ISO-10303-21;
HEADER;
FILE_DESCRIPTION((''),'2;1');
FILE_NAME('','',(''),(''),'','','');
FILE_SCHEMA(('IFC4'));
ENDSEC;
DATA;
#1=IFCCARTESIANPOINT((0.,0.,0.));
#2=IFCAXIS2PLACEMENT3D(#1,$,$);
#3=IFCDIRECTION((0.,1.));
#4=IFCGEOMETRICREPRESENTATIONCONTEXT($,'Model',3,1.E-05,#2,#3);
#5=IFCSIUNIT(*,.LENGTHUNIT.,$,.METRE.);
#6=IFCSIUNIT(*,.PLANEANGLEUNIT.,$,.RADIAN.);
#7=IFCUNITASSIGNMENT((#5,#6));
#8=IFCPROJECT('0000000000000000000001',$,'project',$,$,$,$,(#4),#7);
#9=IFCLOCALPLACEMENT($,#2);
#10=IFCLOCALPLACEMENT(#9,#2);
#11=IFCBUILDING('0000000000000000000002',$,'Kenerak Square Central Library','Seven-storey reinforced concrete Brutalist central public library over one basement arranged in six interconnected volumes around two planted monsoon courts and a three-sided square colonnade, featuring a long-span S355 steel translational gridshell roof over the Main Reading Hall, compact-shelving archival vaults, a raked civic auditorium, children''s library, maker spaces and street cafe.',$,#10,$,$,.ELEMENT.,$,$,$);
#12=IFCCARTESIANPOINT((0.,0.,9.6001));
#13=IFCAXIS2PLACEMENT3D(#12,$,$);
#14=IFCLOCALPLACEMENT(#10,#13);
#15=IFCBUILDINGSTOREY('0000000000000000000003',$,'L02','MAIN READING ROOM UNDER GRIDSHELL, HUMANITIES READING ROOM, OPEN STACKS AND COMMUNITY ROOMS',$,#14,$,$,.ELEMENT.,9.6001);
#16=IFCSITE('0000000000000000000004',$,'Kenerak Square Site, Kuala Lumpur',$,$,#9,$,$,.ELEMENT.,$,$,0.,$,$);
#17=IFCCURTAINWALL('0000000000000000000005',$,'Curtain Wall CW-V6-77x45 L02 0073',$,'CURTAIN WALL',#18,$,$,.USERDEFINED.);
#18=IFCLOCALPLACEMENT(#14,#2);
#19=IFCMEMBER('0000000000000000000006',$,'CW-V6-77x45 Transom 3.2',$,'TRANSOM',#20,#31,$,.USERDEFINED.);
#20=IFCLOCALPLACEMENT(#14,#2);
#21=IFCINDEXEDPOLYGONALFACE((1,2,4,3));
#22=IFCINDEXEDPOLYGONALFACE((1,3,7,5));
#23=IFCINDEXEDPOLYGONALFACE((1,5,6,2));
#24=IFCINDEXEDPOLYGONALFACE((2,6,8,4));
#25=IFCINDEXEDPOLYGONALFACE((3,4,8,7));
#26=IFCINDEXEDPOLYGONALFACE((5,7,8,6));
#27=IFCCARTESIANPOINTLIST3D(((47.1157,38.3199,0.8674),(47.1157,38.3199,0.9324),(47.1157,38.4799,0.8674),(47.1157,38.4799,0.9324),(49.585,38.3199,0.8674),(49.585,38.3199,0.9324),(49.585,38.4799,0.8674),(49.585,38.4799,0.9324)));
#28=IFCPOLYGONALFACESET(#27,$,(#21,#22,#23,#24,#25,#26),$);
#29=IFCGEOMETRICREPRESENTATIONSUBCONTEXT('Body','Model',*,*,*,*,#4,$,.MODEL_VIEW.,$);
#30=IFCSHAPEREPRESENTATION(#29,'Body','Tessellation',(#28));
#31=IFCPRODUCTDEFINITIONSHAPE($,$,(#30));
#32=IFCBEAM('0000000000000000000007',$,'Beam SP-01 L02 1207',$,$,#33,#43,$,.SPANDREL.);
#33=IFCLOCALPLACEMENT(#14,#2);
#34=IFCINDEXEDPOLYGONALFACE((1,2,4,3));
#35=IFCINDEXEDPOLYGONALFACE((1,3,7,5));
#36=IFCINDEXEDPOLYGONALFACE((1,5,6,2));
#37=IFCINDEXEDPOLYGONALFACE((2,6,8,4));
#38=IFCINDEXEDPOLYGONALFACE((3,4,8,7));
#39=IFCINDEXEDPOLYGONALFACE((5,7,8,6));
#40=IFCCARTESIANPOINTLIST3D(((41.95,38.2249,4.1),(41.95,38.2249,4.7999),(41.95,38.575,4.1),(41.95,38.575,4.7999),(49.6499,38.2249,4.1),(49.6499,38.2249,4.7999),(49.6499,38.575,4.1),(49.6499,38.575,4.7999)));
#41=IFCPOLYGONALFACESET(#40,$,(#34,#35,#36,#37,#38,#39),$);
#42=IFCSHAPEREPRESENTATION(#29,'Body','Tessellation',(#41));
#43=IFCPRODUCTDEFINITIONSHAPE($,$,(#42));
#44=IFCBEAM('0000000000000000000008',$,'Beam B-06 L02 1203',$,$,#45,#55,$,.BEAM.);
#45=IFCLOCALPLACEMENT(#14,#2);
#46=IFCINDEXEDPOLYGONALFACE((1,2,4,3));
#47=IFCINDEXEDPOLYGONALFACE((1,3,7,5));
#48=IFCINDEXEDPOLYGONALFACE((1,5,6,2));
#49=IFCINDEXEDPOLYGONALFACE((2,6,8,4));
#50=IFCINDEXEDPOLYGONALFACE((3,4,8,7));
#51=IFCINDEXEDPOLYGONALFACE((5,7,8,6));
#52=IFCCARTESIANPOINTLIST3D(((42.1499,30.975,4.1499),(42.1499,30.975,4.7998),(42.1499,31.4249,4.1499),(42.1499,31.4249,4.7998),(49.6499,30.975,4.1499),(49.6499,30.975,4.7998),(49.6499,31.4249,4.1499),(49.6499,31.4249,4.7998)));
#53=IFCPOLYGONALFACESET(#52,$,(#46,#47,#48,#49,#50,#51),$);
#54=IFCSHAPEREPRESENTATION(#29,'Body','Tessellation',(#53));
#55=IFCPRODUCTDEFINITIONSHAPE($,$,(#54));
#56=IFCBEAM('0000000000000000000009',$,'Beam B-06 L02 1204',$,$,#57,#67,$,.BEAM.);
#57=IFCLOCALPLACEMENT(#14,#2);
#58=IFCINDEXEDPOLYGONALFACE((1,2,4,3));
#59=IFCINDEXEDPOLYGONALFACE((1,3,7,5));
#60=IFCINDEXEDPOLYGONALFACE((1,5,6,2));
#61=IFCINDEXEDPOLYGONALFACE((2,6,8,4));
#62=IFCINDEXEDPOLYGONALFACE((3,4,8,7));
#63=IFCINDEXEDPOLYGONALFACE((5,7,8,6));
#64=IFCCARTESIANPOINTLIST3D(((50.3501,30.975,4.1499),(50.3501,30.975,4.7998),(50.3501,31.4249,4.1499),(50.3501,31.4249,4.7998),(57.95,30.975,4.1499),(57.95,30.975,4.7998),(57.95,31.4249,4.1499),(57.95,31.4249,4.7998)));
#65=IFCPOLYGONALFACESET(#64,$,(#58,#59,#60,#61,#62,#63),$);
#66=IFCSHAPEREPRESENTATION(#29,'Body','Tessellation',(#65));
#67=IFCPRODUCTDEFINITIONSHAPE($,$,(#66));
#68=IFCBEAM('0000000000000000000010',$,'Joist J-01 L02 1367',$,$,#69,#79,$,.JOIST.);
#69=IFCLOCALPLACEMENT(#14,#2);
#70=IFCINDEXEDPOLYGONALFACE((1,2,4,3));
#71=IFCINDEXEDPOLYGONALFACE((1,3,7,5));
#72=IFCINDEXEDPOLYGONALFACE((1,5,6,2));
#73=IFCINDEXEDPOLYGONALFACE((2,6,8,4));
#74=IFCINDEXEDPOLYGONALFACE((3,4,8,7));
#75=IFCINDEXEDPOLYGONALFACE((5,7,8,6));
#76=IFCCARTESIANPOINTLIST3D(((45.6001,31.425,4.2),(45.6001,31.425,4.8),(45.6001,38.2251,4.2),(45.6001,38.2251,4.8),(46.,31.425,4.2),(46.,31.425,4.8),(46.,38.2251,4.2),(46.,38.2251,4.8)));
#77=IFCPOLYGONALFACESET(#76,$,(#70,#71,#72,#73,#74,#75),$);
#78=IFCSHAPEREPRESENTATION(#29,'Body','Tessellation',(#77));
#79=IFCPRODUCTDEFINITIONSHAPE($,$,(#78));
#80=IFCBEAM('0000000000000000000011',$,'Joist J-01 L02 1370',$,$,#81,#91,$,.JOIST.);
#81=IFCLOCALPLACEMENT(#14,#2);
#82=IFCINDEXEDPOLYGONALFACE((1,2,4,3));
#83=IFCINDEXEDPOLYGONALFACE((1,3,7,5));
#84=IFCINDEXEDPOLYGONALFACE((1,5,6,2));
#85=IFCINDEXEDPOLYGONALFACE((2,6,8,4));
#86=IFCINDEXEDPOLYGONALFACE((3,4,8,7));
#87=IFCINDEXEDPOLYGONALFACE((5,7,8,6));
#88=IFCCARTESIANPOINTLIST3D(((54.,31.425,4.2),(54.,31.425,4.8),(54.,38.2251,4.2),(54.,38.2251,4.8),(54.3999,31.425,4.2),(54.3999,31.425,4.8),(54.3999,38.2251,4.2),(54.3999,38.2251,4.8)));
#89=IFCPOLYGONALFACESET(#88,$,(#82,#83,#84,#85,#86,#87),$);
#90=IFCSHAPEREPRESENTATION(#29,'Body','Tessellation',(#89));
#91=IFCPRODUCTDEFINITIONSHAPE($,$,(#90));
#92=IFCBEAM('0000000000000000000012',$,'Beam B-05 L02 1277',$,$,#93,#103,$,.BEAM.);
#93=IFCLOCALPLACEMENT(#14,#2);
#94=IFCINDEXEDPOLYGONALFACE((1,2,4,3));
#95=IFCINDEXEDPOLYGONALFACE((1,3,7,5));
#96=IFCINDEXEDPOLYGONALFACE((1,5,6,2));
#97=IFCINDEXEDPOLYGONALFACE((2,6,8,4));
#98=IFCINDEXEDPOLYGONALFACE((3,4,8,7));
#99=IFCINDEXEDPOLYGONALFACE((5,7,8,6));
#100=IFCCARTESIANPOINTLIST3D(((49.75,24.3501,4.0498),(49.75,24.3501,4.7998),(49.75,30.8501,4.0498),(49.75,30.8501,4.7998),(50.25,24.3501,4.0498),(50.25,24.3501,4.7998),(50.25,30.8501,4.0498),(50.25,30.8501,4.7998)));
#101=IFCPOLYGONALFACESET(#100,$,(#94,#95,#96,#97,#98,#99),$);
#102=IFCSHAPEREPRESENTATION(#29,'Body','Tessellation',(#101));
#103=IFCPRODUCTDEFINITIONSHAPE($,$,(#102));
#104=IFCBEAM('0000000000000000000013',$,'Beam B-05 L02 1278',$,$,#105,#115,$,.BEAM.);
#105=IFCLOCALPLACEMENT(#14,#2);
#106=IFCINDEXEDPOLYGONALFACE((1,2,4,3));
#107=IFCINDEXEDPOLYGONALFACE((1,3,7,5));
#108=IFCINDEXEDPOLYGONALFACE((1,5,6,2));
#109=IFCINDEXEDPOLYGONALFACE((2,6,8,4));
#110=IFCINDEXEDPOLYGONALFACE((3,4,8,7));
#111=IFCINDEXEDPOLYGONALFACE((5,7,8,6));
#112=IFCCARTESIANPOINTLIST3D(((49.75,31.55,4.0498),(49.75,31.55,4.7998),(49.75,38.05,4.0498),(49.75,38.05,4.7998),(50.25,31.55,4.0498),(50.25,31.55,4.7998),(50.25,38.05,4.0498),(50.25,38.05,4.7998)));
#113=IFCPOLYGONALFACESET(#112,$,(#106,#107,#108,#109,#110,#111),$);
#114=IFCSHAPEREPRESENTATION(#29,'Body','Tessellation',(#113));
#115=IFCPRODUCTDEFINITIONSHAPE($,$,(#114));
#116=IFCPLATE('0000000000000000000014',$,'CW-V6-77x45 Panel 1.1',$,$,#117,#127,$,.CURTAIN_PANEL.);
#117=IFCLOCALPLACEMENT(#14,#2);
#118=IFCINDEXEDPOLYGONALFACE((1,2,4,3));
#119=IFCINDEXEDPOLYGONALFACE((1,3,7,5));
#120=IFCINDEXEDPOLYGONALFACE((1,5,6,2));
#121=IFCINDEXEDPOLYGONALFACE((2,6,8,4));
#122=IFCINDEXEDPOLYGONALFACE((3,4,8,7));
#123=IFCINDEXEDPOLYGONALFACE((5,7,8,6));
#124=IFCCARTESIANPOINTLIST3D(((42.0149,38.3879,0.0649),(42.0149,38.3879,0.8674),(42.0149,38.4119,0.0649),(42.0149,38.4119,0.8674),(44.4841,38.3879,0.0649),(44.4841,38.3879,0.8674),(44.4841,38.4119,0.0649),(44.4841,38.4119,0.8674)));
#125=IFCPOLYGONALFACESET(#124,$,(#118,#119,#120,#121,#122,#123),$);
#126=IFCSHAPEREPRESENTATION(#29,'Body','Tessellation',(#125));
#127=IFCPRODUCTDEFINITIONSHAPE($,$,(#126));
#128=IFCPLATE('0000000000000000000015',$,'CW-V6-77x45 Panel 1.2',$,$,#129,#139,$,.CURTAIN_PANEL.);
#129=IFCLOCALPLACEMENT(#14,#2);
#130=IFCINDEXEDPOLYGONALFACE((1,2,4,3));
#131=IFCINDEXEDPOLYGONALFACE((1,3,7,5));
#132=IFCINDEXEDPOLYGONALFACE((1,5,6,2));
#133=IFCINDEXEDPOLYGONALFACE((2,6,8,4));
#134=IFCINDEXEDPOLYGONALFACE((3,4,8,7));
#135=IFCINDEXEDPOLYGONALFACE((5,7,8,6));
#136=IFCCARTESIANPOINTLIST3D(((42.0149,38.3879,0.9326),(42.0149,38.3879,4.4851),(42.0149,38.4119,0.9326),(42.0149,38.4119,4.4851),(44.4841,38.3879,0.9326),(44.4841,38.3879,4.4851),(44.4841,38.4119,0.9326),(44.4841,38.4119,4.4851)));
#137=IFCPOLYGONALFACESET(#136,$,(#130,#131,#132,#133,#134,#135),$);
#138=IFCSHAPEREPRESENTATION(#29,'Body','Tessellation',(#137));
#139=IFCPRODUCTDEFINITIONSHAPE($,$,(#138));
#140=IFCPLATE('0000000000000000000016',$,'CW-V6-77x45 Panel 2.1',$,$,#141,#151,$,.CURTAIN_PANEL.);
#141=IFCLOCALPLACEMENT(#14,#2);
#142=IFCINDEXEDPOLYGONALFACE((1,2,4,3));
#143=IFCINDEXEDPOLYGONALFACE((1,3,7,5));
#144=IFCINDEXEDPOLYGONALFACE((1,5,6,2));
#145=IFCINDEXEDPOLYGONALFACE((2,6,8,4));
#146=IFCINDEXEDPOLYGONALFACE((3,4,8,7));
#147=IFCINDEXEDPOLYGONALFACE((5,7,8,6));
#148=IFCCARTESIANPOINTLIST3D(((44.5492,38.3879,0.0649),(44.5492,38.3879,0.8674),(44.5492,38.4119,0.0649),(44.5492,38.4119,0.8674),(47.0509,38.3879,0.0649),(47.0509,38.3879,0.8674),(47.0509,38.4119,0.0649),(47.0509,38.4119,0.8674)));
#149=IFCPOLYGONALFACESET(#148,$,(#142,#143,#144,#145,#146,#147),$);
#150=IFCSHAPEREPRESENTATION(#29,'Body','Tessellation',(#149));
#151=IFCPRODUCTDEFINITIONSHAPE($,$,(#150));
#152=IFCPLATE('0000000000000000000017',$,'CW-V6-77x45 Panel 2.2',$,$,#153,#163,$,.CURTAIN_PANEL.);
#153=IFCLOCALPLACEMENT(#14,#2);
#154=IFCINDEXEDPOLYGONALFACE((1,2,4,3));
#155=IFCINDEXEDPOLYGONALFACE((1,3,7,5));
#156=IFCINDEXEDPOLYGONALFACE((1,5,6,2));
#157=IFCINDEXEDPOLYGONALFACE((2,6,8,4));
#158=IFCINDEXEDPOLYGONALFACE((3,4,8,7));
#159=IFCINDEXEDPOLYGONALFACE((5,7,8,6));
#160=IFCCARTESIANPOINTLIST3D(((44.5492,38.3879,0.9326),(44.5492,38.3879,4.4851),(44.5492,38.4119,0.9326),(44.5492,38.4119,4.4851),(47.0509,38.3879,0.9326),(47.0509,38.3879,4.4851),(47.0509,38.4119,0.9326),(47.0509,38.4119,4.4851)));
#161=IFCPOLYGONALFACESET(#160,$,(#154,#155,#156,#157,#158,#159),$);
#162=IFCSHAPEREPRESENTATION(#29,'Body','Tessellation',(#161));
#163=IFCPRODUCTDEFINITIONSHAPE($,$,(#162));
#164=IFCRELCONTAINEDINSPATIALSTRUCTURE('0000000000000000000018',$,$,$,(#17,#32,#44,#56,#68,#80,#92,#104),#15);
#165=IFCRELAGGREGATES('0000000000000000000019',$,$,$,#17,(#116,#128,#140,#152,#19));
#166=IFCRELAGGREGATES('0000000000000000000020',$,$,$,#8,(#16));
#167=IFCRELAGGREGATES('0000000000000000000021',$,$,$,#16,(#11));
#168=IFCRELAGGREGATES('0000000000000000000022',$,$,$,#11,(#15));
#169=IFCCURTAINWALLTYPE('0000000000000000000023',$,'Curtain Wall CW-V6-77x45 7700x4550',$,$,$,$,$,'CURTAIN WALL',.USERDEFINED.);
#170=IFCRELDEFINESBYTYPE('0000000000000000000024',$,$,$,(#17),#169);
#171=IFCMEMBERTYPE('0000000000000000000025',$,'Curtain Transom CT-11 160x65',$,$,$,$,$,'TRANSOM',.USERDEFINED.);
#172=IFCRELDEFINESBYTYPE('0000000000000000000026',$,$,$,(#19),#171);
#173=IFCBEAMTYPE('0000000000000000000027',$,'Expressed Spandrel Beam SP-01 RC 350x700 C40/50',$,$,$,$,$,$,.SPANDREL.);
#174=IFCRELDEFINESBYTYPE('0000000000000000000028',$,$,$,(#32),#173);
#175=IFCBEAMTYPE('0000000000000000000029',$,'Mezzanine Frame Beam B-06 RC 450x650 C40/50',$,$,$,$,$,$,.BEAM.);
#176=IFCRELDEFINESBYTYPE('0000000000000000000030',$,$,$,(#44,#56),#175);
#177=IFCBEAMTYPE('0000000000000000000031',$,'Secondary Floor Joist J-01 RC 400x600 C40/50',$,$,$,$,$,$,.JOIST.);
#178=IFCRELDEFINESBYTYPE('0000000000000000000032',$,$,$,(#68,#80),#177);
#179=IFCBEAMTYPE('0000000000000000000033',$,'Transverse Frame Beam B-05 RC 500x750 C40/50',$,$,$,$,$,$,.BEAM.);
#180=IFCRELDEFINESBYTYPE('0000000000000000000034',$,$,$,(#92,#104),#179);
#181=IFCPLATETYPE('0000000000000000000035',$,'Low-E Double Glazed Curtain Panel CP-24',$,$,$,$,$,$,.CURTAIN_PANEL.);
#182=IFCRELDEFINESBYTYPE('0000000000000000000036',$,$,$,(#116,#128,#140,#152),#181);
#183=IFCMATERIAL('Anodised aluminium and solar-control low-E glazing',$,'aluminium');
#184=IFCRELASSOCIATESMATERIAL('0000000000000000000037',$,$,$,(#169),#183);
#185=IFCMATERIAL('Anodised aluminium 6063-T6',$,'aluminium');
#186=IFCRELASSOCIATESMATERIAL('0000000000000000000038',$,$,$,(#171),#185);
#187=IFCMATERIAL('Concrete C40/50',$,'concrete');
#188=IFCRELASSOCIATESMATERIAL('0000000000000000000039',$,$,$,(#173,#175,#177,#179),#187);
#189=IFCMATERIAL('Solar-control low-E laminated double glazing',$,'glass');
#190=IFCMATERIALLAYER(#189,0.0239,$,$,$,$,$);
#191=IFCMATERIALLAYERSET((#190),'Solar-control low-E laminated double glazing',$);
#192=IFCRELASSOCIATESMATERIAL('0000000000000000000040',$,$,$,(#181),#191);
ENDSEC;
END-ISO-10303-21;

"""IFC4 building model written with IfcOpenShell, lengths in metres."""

from ifc_helpers import new_model, si_unit, direction, frame, origin, origin_2d, place, context, subcontext, project, spatial, rectangle, extrude, material, layer, layer_set, material_profile, profile_set, type_object, element, aggregate, save


model = new_model("IFC4")

# Units and contexts
model_context = context("Model", 3, precision=1e-05, world=origin(), true_north=direction((0.0, 1.0)))
body_context = subcontext(model_context, "Body", "Model", "MODEL_VIEW")
ifc_project = project(units=[si_unit("LENGTHUNIT", "METRE"), si_unit("PLANEANGLEUNIT", "RADIAN")], contexts=[model_context])

# Site, building, storey
site_placement = place(None, origin())
site = spatial("IfcSite", under=ifc_project, at=site_placement, Name="Kenerak Square Site, Kuala Lumpur", CompositionType="ELEMENT", RefElevation=0.0)
building_placement = place(site_placement, origin())
building = spatial("IfcBuilding", under=site, at=building_placement, Name="Kenerak Square Central Library", Description="Seven-storey reinforced concrete Brutalist central public library over one basement arranged in six interconnected volumes around two planted monsoon courts and a three-sided square colonnade, featuring a long-span S355 steel translational gridshell roof over the Main Reading Hall, compact-shelving archival vaults, a raked civic auditorium, children's library, maker spaces and street cafe.", CompositionType="ELEMENT")
storey_placement = place(building_placement, frame((0.0, 0.0, 9.6001)))
storey = spatial("IfcBuildingStorey", under=building, at=storey_placement, Name="L02", Description="MAIN READING ROOM UNDER GRIDSHELL, HUMANITIES READING ROOM, OPEN STACKS AND COMMUNITY ROOMS", CompositionType="ELEMENT", Elevation=9.6001)

# Shared definitions
ifc_material_1 = material(Name="Concrete C40/50", Category="concrete")

# Curtain wall, member
ifc_material_2 = material(Name="Anodised aluminium and solar-control low-E glazing", Category="aluminium")
curtain_wall_type = type_object("IfcCurtainWallType", Name="Curtain Wall CW-V6-77x45 7700x4550", ElementType="CURTAIN WALL", PredefinedType="USERDEFINED", material=ifc_material_2)
curtain_wall_placement = place(storey_placement, origin())
curtain_wall = element("IfcCurtainWall", 1, at=curtain_wall_placement, inside=storey, type_object=curtain_wall_type, Name="Curtain Wall CW-V6-77x45 L02 0073", ObjectType="CURTAIN WALL", PredefinedType="USERDEFINED")
ifc_material_3 = material(Name="Anodised aluminium 6063-T6", Category="aluminium")
ifc_material_profile_1 = material_profile(ifc_material_3, rectangle(XDim=0.1599, YDim=0.0649, at=origin_2d()), Name="AL TRANSOM 160x65")
ifc_profile_set_1 = profile_set([ifc_material_profile_1], Name="Anodised aluminium 6063-T6")
member_type_1 = type_object("IfcMemberType", Name="Curtain Transom CT-11 160x65", ElementType="TRANSOM", PredefinedType="USERDEFINED", material=ifc_profile_set_1)
member_1_placement = place(storey_placement, frame((47.1157, 38.3999, 0.8999), z_axis=(1.0, 0.0, 0.0), x_axis=(0.0, 1.0, 0.0)))
member_1 = element("IfcMember", 2, at=member_1_placement, type_object=member_type_1, Name="CW-V6-77x45 Transom 3.2", ObjectType="TRANSOM", PredefinedType="USERDEFINED", context=body_context, shape_type="SweptSolid", body=[
    extrude(rectangle(XDim=0.1599, YDim=0.0649, at=origin_2d()), origin(), (0.0, 0.0, 1.0), 2.4692),
])

# Beams
ifc_material_profile_2 = material_profile(ifc_material_1, rectangle(XDim=0.3501, YDim=0.7, at=origin_2d()), Name="RC 350x700")
ifc_profile_set_2 = profile_set([ifc_material_profile_2], Name="Concrete C40/50")
beam_type_1 = type_object("IfcBeamType", Name="Expressed Spandrel Beam SP-01 RC 350x700 C40/50", PredefinedType="SPANDREL", material=ifc_profile_set_2)
beam_1_placement = place(storey_placement, frame((41.95, 38.3999, 4.45), z_axis=(1.0, 0.0, 0.0), x_axis=(0.0, 1.0, 0.0)))
element("IfcBeam", 3, at=beam_1_placement, inside=storey, type_object=beam_type_1, Name="Beam SP-01 L02 1207", PredefinedType="SPANDREL", context=body_context, shape_type="SweptSolid", body=[
    extrude(rectangle(XDim=0.3501, YDim=0.7, at=origin_2d()), origin(), (0.0, 0.0, 1.0), 7.7),
])
ifc_material_profile_3 = material_profile(ifc_material_1, rectangle(XDim=0.45, YDim=0.6499, at=origin_2d()), Name="RC 450x650")
ifc_profile_set_3 = profile_set([ifc_material_profile_3], Name="Concrete C40/50")
beam_type_2 = type_object("IfcBeamType", Name="Mezzanine Frame Beam B-06 RC 450x650 C40/50", PredefinedType="BEAM", material=ifc_profile_set_3)
beam_2_placement = place(storey_placement, frame((42.1499, 31.2, 4.4749), z_axis=(1.0, 0.0, 0.0), x_axis=(0.0, 1.0, 0.0)))
element("IfcBeam", 4, at=beam_2_placement, inside=storey, type_object=beam_type_2, Name="Beam B-06 L02 1203", PredefinedType="BEAM", context=body_context, shape_type="SweptSolid", body=[
    extrude(rectangle(XDim=0.45, YDim=0.6499, at=origin_2d()), origin(), (0.0, 0.0, 1.0), 7.5),
])
beam_3_placement = place(storey_placement, frame((50.3501, 31.2, 4.4749), z_axis=(1.0, 0.0, 0.0), x_axis=(0.0, 1.0, 0.0)))
element("IfcBeam", 5, at=beam_3_placement, inside=storey, type_object=beam_type_2, Name="Beam B-06 L02 1204", PredefinedType="BEAM", context=body_context, shape_type="SweptSolid", body=[
    extrude(rectangle(XDim=0.45, YDim=0.6499, at=origin_2d()), origin(), (0.0, 0.0, 1.0), 7.5999),
])
ifc_material_profile_4 = material_profile(ifc_material_1, rectangle(XDim=0.3999, YDim=0.6001, at=origin_2d()), Name="RC 400x600")
ifc_profile_set_4 = profile_set([ifc_material_profile_4], Name="Concrete C40/50")
beam_type_3 = type_object("IfcBeamType", Name="Secondary Floor Joist J-01 RC 400x600 C40/50", PredefinedType="JOIST", material=ifc_profile_set_4)
for number, where, z_axis, x_axis, name in (
    (6, (45.8, 31.425, 4.5), (0.0, 1.0, 0.0), (-1.0, 0.0, 0.0), "Joist J-01 L02 1367"),
    (7, (54.2, 31.425, 4.5), (0.0, 1.0, 0.0), (-1.0, 0.0, 0.0), "Joist J-01 L02 1370"),
):
    element("IfcBeam", number, at=place(storey_placement, frame(where, z_axis=z_axis, x_axis=x_axis)), inside=storey, type_object=beam_type_3, Name=name, PredefinedType="JOIST", context=body_context, shape_type="SweptSolid", body=[
        extrude(rectangle(XDim=0.3999, YDim=0.6001, at=origin_2d()), origin(), (0.0, 0.0, 1.0), 6.8),
    ])
ifc_material_profile_5 = material_profile(ifc_material_1, rectangle(XDim=0.5, YDim=0.75, at=origin_2d()), Name="RC 500x750")
ifc_profile_set_5 = profile_set([ifc_material_profile_5], Name="Concrete C40/50")
beam_type_4 = type_object("IfcBeamType", Name="Transverse Frame Beam B-05 RC 500x750 C40/50", PredefinedType="BEAM", material=ifc_profile_set_5)
for number, where, z_axis, x_axis, name in (
    (8, (50.0, 24.3501, 4.4248), (0.0, 1.0, 0.0), (-1.0, 0.0, 0.0), "Beam B-05 L02 1277"),
    (9, (50.0, 31.55, 4.4248), (0.0, 1.0, 0.0), (-1.0, 0.0, 0.0), "Beam B-05 L02 1278"),
):
    element("IfcBeam", number, at=place(storey_placement, frame(where, z_axis=z_axis, x_axis=x_axis)), inside=storey, type_object=beam_type_4, Name=name, PredefinedType="BEAM", context=body_context, shape_type="SweptSolid", body=[
        extrude(rectangle(XDim=0.5, YDim=0.75, at=origin_2d()), origin(), (0.0, 0.0, 1.0), 6.5),
    ])

# Plates
ifc_material_4 = material(Name="Solar-control low-E laminated double glazing", Category="glass")
ifc_layer_1 = layer(ifc_material_4, 0.0239)
ifc_layer_set_1 = layer_set([ifc_layer_1], Name="Solar-control low-E laminated double glazing")
plate_type = type_object("IfcPlateType", Name="Low-E Double Glazed Curtain Panel CP-24", PredefinedType="CURTAIN_PANEL", material=ifc_layer_set_1)
plate_1_placement = place(storey_placement, frame((43.2495, 38.3999, 0.0649), z_axis=(0.0, 0.0, 1.0), x_axis=(1.0, 0.0, 0.0)))
plate_1 = element("IfcPlate", 10, at=plate_1_placement, type_object=plate_type, Name="CW-V6-77x45 Panel 1.1", PredefinedType="CURTAIN_PANEL", context=body_context, shape_type="SweptSolid", body=[
    extrude(rectangle(XDim=2.4692, YDim=0.0239, at=origin_2d()), origin(), (0.0, 0.0, 1.0), 0.8025),
])
plate_2_placement = place(storey_placement, frame((43.2495, 38.3999, 0.9326), z_axis=(0.0, 0.0, 1.0), x_axis=(1.0, 0.0, 0.0)))
plate_2 = element("IfcPlate", 11, at=plate_2_placement, type_object=plate_type, Name="CW-V6-77x45 Panel 1.2", PredefinedType="CURTAIN_PANEL", context=body_context, shape_type="SweptSolid", body=[
    extrude(rectangle(XDim=2.4692, YDim=0.0239, at=origin_2d()), origin(), (0.0, 0.0, 1.0), 3.5525),
])
plate_3_placement = place(storey_placement, frame((45.8, 38.3999, 0.0649), z_axis=(0.0, 0.0, 1.0), x_axis=(1.0, 0.0, 0.0)))
plate_3 = element("IfcPlate", 12, at=plate_3_placement, type_object=plate_type, Name="CW-V6-77x45 Panel 2.1", PredefinedType="CURTAIN_PANEL", context=body_context, shape_type="SweptSolid", body=[
    extrude(rectangle(XDim=2.5017, YDim=0.0239, at=origin_2d()), origin(), (0.0, 0.0, 1.0), 0.8025),
])
plate_4_placement = place(storey_placement, frame((45.8, 38.3999, 0.9326), z_axis=(0.0, 0.0, 1.0), x_axis=(1.0, 0.0, 0.0)))
plate_4 = element("IfcPlate", 13, at=plate_4_placement, type_object=plate_type, Name="CW-V6-77x45 Panel 2.2", PredefinedType="CURTAIN_PANEL", context=body_context, shape_type="SweptSolid", body=[
    extrude(rectangle(XDim=2.5017, YDim=0.0239, at=origin_2d()), origin(), (0.0, 0.0, 1.0), 3.5525),
])
aggregate(curtain_wall, [plate_1, plate_2, plate_3, plate_4, member_1])

save(model, "model.ifc")
